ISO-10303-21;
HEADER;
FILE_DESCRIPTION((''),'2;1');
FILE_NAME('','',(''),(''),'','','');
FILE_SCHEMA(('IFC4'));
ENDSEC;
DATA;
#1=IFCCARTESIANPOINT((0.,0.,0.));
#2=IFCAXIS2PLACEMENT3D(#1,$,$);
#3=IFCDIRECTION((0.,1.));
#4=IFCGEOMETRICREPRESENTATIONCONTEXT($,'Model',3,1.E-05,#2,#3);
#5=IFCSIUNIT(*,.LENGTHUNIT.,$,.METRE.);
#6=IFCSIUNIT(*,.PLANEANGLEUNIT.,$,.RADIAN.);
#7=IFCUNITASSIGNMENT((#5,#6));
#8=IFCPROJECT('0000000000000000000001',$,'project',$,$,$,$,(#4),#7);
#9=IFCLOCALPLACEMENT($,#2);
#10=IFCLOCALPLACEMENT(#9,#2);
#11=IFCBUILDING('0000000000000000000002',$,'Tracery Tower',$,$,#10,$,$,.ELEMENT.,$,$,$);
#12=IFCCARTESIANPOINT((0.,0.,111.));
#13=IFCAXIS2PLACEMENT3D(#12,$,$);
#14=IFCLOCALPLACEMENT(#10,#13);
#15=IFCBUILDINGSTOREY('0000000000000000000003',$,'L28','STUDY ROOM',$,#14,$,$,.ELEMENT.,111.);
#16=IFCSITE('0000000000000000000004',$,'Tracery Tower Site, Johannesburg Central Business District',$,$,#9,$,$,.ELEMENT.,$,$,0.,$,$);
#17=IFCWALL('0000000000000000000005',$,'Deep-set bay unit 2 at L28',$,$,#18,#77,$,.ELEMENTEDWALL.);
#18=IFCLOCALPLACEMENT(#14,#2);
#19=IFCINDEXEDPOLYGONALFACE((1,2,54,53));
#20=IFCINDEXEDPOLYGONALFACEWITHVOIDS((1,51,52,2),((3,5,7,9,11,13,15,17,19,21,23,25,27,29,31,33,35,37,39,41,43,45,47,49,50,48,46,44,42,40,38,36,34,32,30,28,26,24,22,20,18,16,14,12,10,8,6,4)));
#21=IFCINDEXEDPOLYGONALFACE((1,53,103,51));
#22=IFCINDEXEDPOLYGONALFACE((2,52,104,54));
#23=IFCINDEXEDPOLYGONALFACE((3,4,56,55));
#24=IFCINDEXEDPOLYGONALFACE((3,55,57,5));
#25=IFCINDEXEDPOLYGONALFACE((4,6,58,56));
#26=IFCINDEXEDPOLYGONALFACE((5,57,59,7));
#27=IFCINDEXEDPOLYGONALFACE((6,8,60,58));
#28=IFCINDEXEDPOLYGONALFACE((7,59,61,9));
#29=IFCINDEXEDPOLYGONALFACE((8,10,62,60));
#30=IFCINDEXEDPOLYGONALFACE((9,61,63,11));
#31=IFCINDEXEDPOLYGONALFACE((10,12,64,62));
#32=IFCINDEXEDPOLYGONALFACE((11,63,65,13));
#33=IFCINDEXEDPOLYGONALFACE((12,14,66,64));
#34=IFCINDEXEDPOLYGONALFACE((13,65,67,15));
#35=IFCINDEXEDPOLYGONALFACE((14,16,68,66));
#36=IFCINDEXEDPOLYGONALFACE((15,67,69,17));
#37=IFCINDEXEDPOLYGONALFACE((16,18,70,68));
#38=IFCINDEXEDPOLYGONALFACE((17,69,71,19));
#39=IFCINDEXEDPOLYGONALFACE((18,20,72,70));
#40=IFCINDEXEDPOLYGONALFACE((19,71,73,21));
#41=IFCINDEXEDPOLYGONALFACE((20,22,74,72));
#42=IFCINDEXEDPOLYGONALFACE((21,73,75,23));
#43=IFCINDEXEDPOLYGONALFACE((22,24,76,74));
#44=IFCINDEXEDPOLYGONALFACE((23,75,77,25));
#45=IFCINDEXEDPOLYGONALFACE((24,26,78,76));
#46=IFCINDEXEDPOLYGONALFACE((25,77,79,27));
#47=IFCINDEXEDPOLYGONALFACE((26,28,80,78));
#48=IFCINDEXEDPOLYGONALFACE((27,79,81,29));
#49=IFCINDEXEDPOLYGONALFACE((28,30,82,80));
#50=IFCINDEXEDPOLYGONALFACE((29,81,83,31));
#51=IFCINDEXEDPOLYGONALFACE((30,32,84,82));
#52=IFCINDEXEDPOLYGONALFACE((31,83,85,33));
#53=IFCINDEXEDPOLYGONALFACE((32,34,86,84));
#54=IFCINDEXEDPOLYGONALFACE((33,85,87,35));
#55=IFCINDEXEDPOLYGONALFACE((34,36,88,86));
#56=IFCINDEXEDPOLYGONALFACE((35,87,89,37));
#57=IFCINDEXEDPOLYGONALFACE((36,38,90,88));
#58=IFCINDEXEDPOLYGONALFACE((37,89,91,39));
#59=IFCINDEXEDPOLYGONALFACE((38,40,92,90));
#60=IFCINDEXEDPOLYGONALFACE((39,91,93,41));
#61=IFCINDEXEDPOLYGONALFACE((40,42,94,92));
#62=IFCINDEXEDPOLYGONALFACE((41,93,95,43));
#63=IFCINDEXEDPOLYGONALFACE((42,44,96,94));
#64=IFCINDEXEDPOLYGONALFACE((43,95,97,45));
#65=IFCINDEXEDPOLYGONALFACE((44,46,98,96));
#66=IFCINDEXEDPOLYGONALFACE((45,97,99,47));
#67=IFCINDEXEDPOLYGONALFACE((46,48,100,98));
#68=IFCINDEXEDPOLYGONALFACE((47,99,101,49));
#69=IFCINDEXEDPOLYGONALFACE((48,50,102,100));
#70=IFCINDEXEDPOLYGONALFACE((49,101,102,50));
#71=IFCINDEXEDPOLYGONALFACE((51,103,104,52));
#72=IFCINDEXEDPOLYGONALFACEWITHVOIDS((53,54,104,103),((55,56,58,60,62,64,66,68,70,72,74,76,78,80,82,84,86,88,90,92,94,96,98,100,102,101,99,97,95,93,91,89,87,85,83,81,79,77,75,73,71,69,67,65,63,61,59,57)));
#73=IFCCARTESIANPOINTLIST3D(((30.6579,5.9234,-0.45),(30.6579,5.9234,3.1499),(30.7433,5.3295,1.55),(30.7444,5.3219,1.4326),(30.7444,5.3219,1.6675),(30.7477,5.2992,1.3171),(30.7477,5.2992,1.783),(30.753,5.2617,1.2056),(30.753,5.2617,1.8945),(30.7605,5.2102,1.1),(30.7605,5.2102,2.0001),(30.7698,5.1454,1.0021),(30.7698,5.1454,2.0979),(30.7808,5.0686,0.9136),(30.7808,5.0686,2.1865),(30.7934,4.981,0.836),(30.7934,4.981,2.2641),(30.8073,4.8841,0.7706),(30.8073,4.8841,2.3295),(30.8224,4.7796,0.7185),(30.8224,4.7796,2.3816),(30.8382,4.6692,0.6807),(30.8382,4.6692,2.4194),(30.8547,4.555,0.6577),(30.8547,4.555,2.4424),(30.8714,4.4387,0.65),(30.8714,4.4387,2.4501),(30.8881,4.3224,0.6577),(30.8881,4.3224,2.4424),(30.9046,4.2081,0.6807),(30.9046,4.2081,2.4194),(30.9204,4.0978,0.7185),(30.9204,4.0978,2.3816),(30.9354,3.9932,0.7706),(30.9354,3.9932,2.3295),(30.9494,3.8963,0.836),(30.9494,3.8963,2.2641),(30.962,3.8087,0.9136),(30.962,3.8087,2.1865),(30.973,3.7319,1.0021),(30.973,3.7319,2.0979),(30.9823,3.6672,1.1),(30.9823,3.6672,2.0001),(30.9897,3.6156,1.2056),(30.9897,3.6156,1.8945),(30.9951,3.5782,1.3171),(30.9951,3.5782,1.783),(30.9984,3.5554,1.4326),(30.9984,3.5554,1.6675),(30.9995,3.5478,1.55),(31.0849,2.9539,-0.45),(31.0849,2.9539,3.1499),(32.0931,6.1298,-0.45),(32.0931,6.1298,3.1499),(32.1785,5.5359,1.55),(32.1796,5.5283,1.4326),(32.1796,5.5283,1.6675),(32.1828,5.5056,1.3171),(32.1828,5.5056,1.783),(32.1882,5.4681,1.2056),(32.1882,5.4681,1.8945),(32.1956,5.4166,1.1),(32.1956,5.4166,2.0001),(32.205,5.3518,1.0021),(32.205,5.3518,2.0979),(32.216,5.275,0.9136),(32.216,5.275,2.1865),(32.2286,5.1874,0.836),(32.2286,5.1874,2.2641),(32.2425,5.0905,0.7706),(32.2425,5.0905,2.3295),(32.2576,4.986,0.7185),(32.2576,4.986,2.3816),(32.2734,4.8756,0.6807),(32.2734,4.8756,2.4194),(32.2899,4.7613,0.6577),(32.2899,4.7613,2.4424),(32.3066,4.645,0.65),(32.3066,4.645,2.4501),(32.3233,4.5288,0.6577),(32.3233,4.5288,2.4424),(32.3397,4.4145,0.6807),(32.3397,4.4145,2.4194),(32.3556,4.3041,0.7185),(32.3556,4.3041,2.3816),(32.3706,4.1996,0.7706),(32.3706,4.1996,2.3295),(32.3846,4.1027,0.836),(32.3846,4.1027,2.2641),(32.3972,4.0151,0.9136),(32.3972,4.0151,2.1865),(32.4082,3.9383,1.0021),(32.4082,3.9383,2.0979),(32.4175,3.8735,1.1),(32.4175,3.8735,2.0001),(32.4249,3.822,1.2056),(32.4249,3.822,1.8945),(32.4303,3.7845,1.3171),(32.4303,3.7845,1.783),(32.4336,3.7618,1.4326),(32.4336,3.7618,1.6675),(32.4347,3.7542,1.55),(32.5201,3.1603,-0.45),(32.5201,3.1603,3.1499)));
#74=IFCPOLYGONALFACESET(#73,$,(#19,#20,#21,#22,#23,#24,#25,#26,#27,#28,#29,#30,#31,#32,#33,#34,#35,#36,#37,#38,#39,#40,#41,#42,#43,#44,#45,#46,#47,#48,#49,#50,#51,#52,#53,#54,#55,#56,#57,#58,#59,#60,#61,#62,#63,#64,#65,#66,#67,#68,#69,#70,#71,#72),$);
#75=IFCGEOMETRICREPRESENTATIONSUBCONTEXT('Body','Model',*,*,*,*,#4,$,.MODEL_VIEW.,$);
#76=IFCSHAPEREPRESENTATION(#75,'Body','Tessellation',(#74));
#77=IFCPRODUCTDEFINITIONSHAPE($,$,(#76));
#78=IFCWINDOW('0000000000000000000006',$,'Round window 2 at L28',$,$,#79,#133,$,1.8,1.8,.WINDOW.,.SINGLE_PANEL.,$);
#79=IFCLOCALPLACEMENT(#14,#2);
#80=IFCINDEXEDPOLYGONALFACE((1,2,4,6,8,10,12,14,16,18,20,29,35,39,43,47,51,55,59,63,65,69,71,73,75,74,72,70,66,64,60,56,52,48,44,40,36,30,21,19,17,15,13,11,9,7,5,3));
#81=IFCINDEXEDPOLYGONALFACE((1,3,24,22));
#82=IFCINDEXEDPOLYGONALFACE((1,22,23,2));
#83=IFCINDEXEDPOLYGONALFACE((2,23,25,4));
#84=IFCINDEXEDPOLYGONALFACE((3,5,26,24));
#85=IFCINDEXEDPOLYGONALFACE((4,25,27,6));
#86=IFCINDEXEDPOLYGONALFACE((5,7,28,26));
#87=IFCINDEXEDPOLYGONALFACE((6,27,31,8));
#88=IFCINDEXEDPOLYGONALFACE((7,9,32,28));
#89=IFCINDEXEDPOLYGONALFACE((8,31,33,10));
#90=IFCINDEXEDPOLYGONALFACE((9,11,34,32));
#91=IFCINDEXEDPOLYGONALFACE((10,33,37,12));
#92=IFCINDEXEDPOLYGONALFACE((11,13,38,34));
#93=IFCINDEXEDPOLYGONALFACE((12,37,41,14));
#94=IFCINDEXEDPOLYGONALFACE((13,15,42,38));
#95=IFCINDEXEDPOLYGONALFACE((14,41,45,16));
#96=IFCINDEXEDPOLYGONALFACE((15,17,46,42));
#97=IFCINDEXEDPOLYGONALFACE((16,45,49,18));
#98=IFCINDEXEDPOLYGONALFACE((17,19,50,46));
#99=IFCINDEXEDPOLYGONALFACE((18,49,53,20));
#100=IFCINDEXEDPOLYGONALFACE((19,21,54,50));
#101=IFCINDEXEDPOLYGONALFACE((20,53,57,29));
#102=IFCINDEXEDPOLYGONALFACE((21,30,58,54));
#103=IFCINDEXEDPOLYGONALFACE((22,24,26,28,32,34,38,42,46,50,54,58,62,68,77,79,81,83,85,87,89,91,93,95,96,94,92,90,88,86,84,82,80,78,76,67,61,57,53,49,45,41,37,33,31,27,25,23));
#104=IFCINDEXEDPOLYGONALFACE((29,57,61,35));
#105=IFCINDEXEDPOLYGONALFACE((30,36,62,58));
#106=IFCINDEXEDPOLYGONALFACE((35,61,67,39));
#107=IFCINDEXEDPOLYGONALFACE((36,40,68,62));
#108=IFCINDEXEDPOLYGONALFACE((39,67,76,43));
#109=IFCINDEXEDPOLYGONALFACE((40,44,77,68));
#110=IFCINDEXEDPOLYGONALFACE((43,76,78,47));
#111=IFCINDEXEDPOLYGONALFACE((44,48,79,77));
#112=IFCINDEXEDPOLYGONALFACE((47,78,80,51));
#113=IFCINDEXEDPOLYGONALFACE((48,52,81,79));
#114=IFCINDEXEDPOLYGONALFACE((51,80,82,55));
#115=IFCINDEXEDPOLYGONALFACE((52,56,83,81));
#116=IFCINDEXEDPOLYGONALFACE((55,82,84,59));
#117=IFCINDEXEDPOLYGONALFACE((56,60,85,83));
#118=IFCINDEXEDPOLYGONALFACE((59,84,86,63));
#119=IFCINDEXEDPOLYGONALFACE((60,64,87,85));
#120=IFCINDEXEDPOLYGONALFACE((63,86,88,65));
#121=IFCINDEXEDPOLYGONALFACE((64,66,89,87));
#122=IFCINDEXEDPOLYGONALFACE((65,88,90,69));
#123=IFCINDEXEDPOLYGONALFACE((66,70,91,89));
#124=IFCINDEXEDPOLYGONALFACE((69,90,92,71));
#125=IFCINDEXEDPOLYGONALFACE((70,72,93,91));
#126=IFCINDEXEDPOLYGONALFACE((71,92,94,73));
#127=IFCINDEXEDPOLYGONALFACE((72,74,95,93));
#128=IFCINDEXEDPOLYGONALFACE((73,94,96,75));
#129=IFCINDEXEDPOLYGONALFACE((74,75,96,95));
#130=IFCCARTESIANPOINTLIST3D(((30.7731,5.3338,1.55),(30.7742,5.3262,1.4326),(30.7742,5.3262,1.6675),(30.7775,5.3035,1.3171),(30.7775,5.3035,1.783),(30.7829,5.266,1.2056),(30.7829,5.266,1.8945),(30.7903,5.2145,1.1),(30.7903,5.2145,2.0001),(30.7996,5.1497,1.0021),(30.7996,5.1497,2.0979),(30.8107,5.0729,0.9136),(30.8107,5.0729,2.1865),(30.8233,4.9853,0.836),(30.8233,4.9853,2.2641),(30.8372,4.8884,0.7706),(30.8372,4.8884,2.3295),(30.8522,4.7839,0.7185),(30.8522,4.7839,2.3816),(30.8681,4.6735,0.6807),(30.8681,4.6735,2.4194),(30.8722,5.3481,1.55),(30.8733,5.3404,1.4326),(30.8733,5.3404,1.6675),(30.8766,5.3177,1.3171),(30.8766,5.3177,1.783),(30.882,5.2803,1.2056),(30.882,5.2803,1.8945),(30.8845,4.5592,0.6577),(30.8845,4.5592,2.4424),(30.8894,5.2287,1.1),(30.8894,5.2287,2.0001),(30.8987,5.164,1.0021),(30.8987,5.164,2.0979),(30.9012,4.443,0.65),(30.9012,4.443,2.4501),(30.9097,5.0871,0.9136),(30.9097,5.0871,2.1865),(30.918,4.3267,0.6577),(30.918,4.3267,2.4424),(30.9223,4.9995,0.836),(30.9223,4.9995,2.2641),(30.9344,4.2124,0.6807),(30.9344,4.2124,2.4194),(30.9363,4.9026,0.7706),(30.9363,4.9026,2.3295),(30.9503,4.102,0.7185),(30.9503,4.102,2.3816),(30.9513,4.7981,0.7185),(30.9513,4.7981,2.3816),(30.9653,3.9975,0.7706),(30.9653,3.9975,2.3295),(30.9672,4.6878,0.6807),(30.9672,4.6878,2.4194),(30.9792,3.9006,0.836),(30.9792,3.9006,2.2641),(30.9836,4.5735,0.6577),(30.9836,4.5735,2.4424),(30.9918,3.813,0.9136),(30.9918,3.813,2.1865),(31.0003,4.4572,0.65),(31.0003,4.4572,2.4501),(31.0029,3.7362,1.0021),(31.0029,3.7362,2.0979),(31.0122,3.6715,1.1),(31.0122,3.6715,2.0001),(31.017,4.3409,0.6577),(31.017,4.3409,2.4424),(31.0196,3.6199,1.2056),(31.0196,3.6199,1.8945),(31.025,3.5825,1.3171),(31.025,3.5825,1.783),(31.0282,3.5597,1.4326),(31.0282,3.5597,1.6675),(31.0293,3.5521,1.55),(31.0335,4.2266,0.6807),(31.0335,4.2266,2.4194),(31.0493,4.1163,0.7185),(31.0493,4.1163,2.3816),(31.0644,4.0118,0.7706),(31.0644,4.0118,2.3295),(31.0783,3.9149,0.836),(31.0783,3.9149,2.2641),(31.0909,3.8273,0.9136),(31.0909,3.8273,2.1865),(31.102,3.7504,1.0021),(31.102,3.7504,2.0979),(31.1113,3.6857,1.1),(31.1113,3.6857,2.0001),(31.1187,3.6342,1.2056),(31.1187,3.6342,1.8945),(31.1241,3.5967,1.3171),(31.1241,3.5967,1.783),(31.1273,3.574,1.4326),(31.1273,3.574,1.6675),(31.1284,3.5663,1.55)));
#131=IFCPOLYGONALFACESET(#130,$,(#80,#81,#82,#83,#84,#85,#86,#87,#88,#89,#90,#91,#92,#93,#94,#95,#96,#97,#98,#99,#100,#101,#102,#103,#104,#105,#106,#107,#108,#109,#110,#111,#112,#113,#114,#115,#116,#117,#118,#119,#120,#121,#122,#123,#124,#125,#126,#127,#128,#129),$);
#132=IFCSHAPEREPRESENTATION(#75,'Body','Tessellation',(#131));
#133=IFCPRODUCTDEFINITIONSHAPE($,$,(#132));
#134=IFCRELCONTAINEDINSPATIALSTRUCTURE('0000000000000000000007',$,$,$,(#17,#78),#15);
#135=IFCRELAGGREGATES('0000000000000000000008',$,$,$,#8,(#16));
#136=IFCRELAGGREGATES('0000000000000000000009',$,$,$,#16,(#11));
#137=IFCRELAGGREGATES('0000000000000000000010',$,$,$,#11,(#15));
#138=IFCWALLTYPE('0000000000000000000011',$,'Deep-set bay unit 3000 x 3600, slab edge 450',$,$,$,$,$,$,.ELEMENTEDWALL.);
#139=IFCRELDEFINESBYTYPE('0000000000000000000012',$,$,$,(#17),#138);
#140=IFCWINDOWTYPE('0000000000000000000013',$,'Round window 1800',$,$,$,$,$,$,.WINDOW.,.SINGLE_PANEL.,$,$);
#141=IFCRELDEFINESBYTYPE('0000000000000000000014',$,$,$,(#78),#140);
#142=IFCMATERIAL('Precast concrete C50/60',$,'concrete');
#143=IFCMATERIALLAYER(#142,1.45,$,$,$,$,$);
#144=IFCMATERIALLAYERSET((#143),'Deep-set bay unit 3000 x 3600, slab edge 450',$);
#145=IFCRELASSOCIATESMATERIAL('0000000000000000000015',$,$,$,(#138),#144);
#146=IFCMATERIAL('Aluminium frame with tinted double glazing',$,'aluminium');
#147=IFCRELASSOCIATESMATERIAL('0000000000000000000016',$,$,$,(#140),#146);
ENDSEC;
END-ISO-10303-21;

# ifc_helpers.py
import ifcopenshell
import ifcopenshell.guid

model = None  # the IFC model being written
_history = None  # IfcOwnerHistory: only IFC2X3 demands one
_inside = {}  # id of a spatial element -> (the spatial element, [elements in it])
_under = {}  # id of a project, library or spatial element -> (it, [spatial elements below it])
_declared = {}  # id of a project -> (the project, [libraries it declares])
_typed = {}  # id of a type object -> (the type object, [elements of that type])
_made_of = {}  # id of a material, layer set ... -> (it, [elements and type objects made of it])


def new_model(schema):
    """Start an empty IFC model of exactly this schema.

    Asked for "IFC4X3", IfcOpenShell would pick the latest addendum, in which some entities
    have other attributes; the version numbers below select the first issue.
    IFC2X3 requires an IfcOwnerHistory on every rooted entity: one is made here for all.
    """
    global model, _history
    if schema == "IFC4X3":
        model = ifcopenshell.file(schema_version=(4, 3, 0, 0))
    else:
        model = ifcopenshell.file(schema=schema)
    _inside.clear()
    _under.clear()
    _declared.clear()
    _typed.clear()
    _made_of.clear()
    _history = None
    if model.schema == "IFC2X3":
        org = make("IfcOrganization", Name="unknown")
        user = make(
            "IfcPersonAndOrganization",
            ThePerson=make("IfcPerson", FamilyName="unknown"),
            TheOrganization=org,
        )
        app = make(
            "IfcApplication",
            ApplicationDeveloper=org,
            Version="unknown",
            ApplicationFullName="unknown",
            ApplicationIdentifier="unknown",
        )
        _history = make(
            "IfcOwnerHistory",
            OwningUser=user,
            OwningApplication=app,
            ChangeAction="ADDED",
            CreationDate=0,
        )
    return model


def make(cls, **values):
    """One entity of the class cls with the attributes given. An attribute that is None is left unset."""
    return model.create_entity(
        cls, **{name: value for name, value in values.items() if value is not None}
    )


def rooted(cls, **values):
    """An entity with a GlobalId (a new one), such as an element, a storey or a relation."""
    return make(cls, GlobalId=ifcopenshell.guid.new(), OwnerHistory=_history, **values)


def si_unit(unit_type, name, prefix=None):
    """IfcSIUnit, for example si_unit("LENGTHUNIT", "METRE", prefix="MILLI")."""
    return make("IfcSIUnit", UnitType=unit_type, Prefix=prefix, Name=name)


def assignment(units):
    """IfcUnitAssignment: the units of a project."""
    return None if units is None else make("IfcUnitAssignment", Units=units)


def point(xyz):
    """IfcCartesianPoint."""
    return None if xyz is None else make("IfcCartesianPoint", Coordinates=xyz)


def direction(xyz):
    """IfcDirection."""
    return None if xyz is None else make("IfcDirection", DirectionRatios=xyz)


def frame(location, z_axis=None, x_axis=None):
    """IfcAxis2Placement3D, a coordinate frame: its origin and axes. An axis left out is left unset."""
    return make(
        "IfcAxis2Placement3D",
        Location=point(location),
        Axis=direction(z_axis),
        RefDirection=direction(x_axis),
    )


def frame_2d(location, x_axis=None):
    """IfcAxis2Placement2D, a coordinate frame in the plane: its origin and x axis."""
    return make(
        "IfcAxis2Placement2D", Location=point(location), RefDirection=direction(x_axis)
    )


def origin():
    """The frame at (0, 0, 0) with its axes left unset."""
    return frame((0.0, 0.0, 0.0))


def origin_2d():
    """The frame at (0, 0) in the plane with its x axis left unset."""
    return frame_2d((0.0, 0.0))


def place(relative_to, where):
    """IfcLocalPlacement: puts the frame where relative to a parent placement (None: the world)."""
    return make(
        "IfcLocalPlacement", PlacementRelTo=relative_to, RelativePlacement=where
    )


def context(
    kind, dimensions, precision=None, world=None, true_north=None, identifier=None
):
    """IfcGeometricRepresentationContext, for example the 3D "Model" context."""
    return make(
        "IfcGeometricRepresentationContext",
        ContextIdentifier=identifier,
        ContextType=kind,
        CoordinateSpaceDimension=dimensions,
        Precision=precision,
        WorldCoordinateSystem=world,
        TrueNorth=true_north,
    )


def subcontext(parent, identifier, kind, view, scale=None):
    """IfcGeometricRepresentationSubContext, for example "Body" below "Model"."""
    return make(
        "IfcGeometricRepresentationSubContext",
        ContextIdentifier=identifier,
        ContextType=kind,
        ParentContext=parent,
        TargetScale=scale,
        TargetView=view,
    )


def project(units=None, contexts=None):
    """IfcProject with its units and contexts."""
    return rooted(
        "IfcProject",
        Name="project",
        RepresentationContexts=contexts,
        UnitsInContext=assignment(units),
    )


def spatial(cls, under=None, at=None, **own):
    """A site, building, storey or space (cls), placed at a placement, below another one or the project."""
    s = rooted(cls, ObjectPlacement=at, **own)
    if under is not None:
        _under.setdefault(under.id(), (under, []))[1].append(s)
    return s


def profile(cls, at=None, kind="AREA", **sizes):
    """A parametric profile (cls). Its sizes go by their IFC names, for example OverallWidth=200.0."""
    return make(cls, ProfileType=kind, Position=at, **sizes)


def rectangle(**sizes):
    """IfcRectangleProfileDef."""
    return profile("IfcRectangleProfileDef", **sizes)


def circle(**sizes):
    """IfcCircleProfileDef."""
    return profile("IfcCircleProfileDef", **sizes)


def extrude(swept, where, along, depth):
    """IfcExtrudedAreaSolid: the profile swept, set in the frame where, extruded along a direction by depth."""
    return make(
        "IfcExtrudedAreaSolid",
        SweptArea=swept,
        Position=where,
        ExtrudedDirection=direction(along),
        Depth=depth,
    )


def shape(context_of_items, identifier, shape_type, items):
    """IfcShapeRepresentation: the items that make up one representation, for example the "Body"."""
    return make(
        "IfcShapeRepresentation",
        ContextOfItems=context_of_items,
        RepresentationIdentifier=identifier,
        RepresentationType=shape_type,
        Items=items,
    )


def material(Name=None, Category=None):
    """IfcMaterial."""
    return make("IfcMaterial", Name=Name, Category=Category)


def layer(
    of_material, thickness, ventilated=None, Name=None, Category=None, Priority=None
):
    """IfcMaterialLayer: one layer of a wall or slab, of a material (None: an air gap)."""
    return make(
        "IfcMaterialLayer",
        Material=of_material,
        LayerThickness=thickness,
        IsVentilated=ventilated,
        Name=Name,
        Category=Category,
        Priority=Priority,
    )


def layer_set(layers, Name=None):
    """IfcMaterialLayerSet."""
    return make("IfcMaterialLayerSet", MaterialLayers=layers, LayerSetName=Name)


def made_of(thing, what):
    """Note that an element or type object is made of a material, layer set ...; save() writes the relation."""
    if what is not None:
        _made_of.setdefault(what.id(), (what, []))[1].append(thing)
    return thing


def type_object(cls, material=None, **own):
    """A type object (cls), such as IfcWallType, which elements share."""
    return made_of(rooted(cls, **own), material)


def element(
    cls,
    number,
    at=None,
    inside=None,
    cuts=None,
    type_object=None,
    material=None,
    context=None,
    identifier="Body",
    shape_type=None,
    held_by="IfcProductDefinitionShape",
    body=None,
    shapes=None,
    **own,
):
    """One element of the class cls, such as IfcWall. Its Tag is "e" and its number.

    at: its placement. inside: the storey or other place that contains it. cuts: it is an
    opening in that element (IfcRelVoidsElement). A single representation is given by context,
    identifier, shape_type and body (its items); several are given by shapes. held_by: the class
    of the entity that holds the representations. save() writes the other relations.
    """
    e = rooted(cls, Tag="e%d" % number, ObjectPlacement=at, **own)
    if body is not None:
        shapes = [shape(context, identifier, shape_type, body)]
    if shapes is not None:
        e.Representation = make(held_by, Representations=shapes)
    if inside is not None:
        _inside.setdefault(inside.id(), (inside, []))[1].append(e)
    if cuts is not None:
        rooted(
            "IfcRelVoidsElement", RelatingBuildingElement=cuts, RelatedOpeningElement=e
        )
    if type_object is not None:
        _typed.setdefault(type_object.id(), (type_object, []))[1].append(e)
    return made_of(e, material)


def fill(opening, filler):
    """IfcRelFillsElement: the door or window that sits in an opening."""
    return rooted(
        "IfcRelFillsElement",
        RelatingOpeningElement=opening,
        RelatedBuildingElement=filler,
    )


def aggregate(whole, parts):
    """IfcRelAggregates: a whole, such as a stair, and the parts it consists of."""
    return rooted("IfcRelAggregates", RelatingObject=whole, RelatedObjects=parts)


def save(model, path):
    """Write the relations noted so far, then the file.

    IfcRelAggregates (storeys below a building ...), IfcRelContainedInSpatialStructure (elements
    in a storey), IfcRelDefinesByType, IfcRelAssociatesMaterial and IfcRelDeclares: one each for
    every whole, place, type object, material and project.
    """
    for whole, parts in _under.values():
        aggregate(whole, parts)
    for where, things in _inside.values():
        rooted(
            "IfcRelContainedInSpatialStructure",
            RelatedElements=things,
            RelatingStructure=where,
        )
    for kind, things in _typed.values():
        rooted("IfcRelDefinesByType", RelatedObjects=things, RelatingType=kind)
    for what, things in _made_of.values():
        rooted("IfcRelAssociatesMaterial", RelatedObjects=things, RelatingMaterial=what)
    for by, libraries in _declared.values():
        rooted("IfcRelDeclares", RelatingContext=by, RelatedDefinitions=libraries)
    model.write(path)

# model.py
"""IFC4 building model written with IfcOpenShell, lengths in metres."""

from ifc_helpers import new_model, si_unit, direction, frame, frame_2d, origin, origin_2d, place, context, subcontext, project, spatial, rectangle, circle, extrude, material, layer, layer_set, type_object, element, fill, save


model = new_model("IFC4")

# Units and contexts
model_context = context("Model", 3, precision=1e-05, world=origin(), true_north=direction((0.0, 1.0)))
body_context = subcontext(model_context, "Body", "Model", "MODEL_VIEW")
ifc_project = project(units=[si_unit("LENGTHUNIT", "METRE"), si_unit("PLANEANGLEUNIT", "RADIAN")], contexts=[model_context])

# Site, building, storey
site_placement = place(None, origin())
site = spatial("IfcSite", under=ifc_project, at=site_placement, Name="Tracery Tower Site, Johannesburg Central Business District", CompositionType="ELEMENT", RefElevation=0.0)
building_placement = place(site_placement, origin())
building = spatial("IfcBuilding", under=site, at=building_placement, Name="Tracery Tower", CompositionType="ELEMENT")
storey_placement = place(building_placement, frame((0.0, 0.0, 111.0)))
storey = spatial("IfcBuildingStorey", under=building, at=storey_placement, Name="L28", Description="STUDY ROOM", CompositionType="ELEMENT", Elevation=111.0)

# Wall, opening, window
ifc_material_1 = material(Name="Precast concrete C50/60", Category="concrete")
ifc_layer_1 = layer(ifc_material_1, 1.45)
ifc_layer_set_1 = layer_set([ifc_layer_1], Name="Deep-set bay unit 3000 x 3600, slab edge 450")
wall_type_1 = type_object("IfcWallType", Name="Deep-set bay unit 3000 x 3600, slab edge 450", PredefinedType="ELEMENTEDWALL", material=ifc_layer_set_1)
wall_1_placement = place(storey_placement, frame((31.8025, 3.0571, -0.45), z_axis=(0.0, 0.0, 1.0), x_axis=(-0.142333, 0.989819, 0.0)))
wall_1 = element("IfcWall", 1, at=wall_1_placement, inside=storey, type_object=wall_type_1, Name="Deep-set bay unit 2 at L28", PredefinedType="ELEMENTEDWALL", context=body_context, shape_type="SweptSolid", body=[
    extrude(rectangle(XDim=3.0, YDim=1.45, at=frame_2d((1.5, 0.0))), origin(), (0.0, 0.0, 1.0), 3.5999),
])
opening_1_placement = place(wall_1_placement, frame((1.5, 0.0, 2.0)))
opening_1 = element("IfcOpeningElement", 2, at=opening_1_placement, cuts=wall_1, PredefinedType="OPENING", context=body_context, shape_type="SweptSolid", body=[
    extrude(circle(Radius=0.9, at=origin_2d()), frame((0.0, 0.7349, 0.0), z_axis=(0.0, -1.0, 0.0), x_axis=(1.0, 0.0, 0.0)), (0.0, 0.0, 1.0), 1.47),
])
ifc_material_2 = material(Name="Aluminium frame with tinted double glazing", Category="aluminium")
window_type = type_object("IfcWindowType", Name="Round window 1800", PartitioningType="SINGLE_PANEL", PredefinedType="WINDOW", material=ifc_material_2)
window_1_placement = place(opening_1_placement, origin())
window_1 = element("IfcWindow", 3, at=window_1_placement, inside=storey, type_object=window_type, Name="Round window 2 at L28", OverallHeight=1.8, OverallWidth=1.8, PartitioningType="SINGLE_PANEL", PredefinedType="WINDOW", context=body_context, shape_type="SweptSolid", body=[
    extrude(circle(Radius=0.9, at=origin_2d()), frame((0.0, 0.6948, 0.0), z_axis=(0.0, -1.0, 0.0), x_axis=(1.0, 0.0, 0.0)), (0.0, 0.0, 1.0), 0.1001),
])
fill(opening_1, window_1)

save(model, "model.ifc")
